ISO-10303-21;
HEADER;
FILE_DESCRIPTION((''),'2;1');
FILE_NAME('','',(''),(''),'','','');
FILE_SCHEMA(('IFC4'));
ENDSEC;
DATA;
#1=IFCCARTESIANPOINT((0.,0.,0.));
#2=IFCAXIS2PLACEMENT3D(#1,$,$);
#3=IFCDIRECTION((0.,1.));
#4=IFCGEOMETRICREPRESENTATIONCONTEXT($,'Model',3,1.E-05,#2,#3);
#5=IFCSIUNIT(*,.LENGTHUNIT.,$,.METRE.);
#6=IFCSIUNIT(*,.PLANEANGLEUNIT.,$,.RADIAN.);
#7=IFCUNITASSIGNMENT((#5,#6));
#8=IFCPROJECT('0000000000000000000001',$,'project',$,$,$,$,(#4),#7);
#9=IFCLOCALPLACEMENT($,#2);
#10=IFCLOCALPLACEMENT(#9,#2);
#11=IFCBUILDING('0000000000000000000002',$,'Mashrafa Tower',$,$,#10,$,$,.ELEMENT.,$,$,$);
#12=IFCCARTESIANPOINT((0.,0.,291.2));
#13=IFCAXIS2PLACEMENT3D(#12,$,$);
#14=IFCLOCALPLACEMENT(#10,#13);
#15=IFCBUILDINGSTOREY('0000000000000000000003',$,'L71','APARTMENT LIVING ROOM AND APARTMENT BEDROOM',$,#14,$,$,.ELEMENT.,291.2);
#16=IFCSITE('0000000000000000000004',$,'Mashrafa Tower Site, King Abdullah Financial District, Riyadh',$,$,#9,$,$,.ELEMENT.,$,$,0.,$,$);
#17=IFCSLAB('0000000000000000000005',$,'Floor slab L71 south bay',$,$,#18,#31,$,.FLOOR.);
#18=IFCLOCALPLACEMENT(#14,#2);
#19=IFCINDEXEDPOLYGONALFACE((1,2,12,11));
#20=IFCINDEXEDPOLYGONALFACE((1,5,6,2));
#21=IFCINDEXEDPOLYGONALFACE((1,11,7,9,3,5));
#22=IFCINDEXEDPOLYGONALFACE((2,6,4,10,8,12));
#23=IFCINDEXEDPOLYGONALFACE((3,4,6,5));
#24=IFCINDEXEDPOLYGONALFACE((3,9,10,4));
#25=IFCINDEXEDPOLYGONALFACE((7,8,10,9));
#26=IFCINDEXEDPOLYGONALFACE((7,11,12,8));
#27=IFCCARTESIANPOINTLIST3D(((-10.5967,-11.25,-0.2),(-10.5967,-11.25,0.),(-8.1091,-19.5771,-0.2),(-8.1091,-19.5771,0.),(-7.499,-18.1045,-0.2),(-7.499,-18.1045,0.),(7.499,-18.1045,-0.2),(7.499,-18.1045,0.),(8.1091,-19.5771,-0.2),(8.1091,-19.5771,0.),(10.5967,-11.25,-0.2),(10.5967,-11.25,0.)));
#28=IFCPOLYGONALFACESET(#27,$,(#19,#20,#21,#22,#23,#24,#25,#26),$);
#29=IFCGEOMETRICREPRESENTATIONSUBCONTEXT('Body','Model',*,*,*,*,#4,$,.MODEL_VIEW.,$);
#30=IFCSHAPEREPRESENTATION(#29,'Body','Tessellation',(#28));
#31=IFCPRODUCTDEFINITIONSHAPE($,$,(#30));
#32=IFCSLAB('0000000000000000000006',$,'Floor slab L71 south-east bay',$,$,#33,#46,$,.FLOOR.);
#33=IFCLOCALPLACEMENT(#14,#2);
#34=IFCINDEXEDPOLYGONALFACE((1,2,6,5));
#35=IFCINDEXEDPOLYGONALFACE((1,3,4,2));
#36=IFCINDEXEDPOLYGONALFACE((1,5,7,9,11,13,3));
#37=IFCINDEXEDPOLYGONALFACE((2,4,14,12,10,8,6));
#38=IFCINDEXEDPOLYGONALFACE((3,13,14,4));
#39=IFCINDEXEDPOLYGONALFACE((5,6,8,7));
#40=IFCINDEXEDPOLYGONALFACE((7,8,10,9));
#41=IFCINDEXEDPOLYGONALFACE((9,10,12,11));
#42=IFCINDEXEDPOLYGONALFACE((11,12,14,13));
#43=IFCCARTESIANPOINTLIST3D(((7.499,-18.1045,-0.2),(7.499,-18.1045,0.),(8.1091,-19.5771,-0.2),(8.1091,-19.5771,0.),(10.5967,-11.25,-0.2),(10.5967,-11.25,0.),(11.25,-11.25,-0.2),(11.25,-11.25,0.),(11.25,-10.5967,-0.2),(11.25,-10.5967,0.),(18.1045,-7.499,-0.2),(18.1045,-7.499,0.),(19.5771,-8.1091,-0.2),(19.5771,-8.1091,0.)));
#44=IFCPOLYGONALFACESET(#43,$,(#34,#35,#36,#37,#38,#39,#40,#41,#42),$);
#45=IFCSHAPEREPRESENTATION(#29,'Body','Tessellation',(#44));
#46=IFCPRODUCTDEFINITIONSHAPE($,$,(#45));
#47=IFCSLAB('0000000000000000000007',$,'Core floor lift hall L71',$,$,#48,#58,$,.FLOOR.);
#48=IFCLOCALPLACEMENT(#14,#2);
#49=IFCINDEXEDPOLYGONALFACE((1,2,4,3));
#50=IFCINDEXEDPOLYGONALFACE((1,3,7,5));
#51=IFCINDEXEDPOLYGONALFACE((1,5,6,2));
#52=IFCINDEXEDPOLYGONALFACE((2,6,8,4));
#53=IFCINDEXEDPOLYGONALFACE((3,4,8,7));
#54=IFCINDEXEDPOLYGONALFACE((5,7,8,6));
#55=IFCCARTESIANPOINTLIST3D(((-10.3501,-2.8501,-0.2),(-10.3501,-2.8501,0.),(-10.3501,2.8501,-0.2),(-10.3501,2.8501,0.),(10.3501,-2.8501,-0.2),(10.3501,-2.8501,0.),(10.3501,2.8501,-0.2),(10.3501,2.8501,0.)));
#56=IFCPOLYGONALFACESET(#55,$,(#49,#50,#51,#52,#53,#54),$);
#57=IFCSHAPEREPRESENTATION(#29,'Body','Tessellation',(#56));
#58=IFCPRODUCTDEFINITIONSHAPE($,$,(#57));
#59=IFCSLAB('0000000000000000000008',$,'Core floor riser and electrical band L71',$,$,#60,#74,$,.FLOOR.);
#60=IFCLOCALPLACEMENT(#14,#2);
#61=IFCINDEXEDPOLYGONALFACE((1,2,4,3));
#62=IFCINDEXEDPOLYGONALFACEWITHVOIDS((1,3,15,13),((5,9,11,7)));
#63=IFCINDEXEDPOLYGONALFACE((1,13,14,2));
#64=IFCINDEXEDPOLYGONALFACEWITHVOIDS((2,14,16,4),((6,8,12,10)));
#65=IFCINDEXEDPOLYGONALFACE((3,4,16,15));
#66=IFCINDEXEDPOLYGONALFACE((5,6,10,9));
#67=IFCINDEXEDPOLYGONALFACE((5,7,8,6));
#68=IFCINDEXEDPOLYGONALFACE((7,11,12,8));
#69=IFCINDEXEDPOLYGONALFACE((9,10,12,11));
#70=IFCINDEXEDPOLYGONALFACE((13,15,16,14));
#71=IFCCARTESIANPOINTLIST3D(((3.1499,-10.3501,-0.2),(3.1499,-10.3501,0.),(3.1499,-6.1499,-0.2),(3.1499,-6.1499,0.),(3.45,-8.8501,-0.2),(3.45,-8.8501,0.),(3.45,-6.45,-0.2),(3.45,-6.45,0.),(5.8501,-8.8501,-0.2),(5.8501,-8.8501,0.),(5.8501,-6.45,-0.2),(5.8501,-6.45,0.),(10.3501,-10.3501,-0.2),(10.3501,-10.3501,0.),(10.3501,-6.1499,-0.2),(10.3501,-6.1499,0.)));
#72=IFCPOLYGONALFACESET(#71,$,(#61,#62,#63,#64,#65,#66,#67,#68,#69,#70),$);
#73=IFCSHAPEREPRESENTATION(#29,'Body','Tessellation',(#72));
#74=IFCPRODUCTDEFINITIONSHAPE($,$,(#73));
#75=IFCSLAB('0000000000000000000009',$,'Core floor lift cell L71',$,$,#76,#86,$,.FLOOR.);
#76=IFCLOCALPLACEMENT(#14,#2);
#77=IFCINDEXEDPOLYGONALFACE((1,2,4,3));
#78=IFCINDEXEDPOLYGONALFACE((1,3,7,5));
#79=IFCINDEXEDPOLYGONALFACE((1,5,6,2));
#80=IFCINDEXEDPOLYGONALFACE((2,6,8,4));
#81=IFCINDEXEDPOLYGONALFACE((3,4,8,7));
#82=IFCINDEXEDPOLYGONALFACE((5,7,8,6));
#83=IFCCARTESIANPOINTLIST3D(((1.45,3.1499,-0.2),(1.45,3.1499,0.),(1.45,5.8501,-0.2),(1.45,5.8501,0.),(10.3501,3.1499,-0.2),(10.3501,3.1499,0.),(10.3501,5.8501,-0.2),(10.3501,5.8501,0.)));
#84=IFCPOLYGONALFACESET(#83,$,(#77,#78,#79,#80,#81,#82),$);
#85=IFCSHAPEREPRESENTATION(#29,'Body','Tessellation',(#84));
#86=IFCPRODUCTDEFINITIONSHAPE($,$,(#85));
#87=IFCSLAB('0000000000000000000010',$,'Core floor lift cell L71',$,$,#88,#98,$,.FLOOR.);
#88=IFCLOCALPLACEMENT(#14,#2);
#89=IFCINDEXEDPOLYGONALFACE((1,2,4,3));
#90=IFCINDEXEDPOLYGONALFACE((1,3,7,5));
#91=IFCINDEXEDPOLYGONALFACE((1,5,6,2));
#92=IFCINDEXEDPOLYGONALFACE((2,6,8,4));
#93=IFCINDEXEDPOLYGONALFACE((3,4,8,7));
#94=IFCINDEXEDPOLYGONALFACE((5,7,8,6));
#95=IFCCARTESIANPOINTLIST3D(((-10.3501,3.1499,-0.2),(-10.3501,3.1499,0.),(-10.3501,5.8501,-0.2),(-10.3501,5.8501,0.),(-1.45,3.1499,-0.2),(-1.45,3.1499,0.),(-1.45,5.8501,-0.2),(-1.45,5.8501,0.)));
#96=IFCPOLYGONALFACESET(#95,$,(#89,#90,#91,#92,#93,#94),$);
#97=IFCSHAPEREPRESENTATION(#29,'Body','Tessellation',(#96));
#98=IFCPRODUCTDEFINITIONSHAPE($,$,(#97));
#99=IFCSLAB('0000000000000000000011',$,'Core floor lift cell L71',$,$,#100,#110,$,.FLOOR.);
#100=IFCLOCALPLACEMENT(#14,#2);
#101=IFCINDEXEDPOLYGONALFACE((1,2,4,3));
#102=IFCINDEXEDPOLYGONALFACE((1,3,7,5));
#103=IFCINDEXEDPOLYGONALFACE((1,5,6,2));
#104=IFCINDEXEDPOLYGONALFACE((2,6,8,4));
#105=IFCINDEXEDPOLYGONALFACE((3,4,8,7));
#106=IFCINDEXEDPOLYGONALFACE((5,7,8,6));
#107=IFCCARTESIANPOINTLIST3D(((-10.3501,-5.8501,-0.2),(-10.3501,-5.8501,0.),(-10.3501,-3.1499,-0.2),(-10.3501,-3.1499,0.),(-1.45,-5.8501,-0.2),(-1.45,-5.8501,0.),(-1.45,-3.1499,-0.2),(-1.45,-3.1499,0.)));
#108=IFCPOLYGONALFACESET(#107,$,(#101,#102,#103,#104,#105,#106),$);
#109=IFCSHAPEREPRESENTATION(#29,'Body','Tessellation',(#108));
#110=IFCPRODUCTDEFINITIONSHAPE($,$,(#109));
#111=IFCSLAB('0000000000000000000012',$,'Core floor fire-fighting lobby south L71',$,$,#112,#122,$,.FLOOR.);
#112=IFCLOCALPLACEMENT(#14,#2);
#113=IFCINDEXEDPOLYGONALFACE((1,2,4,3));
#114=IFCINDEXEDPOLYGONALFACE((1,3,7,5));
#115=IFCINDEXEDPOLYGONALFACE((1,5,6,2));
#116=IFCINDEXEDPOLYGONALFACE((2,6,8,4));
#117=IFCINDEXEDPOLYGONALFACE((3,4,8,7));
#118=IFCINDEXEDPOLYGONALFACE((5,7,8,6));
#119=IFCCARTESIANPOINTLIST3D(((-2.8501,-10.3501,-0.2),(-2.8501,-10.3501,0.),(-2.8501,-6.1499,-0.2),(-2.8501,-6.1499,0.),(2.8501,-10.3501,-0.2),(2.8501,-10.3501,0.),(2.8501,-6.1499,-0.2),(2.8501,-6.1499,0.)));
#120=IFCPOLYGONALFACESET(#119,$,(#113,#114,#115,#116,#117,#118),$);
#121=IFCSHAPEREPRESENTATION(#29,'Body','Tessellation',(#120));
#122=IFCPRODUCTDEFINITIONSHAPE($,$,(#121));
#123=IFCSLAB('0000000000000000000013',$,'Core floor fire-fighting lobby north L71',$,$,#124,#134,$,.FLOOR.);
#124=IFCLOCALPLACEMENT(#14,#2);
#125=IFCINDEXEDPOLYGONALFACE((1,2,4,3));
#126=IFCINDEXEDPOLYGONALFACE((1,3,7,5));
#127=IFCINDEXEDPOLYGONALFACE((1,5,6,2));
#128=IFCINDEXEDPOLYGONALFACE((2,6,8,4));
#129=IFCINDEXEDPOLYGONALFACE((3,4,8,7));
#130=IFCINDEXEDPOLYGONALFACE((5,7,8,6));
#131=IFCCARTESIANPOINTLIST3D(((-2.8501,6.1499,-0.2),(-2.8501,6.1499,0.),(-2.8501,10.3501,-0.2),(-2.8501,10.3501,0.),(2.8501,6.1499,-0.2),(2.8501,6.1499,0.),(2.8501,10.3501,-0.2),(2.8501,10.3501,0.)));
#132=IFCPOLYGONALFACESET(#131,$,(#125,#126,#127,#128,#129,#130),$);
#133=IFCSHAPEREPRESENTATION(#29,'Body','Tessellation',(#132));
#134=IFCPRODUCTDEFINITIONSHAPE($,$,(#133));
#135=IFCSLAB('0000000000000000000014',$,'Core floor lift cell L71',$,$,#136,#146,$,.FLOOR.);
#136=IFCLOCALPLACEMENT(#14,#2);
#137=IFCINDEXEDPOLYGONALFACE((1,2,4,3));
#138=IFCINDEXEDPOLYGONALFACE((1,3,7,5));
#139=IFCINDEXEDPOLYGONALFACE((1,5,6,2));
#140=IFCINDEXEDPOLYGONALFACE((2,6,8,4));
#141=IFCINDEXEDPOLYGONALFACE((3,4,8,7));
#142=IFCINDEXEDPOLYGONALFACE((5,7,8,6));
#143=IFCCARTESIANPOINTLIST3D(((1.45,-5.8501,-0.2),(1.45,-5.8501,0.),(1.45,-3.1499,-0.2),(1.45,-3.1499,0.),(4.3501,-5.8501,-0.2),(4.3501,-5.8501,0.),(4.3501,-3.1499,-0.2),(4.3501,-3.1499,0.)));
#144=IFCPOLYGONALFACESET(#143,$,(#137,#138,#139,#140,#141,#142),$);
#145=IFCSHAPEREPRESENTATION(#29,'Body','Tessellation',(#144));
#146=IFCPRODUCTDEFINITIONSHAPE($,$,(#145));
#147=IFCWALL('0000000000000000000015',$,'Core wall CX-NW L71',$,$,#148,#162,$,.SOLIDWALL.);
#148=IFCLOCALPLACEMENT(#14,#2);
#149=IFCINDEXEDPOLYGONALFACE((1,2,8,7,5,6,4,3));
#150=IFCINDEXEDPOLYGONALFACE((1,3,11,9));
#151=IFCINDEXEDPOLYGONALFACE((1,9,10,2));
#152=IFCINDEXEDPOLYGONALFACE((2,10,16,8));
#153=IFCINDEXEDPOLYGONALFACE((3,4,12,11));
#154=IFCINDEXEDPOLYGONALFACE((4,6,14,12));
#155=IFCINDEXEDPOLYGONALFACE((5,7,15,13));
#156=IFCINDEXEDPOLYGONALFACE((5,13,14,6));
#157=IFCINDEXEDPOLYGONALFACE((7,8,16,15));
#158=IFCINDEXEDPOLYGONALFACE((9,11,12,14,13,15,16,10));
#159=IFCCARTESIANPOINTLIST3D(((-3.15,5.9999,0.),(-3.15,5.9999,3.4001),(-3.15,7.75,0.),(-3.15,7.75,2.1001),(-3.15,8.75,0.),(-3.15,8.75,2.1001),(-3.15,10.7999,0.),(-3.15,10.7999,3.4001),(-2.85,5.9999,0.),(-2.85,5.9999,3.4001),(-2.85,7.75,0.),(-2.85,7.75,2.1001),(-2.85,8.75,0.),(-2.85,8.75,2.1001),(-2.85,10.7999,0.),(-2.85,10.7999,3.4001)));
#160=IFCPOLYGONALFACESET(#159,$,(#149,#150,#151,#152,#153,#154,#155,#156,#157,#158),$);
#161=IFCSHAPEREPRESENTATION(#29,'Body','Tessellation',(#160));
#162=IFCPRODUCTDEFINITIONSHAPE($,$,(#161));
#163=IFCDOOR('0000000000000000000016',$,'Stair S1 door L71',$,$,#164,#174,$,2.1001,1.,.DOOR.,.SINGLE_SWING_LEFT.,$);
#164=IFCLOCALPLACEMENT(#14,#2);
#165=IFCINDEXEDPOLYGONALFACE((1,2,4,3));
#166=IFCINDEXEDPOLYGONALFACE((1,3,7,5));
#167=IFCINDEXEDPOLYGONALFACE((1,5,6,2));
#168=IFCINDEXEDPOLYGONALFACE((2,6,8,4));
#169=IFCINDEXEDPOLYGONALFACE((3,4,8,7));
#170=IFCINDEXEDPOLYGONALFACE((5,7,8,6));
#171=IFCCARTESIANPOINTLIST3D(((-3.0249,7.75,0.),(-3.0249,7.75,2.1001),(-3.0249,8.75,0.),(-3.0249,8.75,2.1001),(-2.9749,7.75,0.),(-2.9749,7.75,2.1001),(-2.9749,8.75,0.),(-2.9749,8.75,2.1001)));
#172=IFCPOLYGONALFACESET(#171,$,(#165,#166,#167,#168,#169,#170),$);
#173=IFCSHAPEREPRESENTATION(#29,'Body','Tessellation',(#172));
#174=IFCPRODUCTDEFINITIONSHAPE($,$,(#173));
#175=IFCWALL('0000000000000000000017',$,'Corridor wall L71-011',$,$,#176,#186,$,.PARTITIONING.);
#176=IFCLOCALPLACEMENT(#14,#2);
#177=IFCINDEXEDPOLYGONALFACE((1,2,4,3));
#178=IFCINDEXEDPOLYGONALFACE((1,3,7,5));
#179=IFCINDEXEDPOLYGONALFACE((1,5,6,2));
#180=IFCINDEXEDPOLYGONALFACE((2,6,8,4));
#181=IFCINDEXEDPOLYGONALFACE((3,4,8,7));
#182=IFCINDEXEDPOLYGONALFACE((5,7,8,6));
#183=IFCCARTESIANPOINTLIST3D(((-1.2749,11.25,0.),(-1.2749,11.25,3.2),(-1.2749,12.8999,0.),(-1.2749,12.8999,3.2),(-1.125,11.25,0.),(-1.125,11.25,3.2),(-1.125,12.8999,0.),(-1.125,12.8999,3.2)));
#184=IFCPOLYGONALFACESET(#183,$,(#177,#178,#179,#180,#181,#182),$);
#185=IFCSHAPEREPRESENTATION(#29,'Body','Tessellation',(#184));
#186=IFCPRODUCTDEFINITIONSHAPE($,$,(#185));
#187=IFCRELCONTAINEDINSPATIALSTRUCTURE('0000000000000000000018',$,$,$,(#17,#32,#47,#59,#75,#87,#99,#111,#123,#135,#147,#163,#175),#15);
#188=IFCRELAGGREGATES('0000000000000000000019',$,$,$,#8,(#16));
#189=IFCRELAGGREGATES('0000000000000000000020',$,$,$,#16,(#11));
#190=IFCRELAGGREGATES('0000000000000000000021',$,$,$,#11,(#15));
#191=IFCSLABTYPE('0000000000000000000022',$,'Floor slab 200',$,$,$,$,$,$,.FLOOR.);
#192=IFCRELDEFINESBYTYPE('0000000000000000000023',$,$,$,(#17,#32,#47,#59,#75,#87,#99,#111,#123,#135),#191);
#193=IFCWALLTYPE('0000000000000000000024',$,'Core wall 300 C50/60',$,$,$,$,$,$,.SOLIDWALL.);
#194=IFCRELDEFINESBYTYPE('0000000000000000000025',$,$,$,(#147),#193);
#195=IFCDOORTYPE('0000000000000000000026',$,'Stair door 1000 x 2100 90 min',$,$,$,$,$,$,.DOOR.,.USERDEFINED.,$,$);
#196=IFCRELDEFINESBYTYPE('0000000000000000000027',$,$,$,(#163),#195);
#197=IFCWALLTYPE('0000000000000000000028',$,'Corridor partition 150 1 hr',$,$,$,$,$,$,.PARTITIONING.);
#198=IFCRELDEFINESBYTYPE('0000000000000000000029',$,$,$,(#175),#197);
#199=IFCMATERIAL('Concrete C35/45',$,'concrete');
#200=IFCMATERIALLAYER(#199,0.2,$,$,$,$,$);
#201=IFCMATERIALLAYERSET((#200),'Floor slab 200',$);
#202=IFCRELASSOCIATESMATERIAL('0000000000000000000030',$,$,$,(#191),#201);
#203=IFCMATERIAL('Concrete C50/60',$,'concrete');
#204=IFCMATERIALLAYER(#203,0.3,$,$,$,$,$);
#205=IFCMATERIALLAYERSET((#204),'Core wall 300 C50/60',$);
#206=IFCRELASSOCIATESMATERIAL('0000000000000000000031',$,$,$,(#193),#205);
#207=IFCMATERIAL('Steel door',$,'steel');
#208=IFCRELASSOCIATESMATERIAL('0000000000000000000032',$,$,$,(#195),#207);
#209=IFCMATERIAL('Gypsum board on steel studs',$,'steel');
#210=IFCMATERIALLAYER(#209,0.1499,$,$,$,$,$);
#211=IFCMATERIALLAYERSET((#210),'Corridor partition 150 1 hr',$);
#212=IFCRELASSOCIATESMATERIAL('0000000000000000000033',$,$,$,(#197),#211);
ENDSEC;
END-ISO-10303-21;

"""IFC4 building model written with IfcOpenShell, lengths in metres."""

from ifc_helpers import new_model, si_unit, direction, frame, frame_2d, origin, place, context, subcontext, project, spatial, polyline, rectangle, outline, extrude, material, layer, layer_set, type_object, element, fill, save


model = new_model("IFC4")

# Units and contexts
model_context = context("Model", 3, precision=1e-05, world=origin(), true_north=direction((0.0, 1.0)))
body_context = subcontext(model_context, "Body", "Model", "MODEL_VIEW")
ifc_project = project(units=[si_unit("LENGTHUNIT", "METRE"), si_unit("PLANEANGLEUNIT", "RADIAN")], contexts=[model_context])

# Site, building, storey
site_placement = place(None, origin())
site = spatial("IfcSite", under=ifc_project, at=site_placement, Name="Mashrafa Tower Site, King Abdullah Financial District, Riyadh", CompositionType="ELEMENT", RefElevation=0.0)
building_placement = place(site_placement, origin())
building = spatial("IfcBuilding", under=site, at=building_placement, Name="Mashrafa Tower", CompositionType="ELEMENT")
storey_placement = place(building_placement, frame((0.0, 0.0, 291.2)))
storey = spatial("IfcBuildingStorey", under=building, at=storey_placement, Name="L71", Description="APARTMENT LIVING ROOM AND APARTMENT BEDROOM", CompositionType="ELEMENT", Elevation=291.2)

# Slabs
ifc_material_1 = material(Name="Concrete C35/45", Category="concrete")
ifc_layer_1 = layer(ifc_material_1, 0.2)
ifc_layer_set_1 = layer_set([ifc_layer_1], Name="Floor slab 200")
slab_type = type_object("IfcSlabType", Name="Floor slab 200", PredefinedType="FLOOR", material=ifc_layer_set_1)
slab_1_placement = place(storey_placement, frame((0.0, 0.0, -0.2)))
element("IfcSlab", 1, at=slab_1_placement, inside=storey, type_object=slab_type, Name="Floor slab L71 south bay", PredefinedType="FLOOR", context=body_context, shape_type="SweptSolid", body=[
    extrude(outline(polyline([(-8.1091, -19.5771), (-7.499, -18.1045), (-10.5967, -11.25), (10.5967, -11.25), (7.499, -18.1045), (8.1091, -19.5771), (-8.1091, -19.5771)])), origin(), (0.0, 0.0, 1.0), 0.2),
])
slab_2_placement = place(storey_placement, frame((0.0, 0.0, -0.2)))
element("IfcSlab", 2, at=slab_2_placement, inside=storey, type_object=slab_type, Name="Floor slab L71 south-east bay", PredefinedType="FLOOR", context=body_context, shape_type="SweptSolid", body=[
    extrude(outline(polyline([(8.1091, -19.5771), (7.499, -18.1045), (10.5967, -11.25), (11.25, -11.25), (11.25, -10.5967), (18.1045, -7.499), (19.5771, -8.1091), (19.5771, -8.1091), (8.1091, -19.5771), (8.1091, -19.5771)])), origin(), (0.0, 0.0, 1.0), 0.2),
])
slab_3_placement = place(storey_placement, frame((0.0, 0.0, -0.2)))
element("IfcSlab", 3, at=slab_3_placement, inside=storey, type_object=slab_type, Name="Core floor lift hall L71", PredefinedType="FLOOR", context=body_context, shape_type="SweptSolid", body=[
    extrude(outline(polyline([(-10.3501, 2.8501), (10.3501, 2.8501), (10.3501, -2.8501), (-10.3501, -2.8501), (-10.3501, 2.8501)])), origin(), (0.0, 0.0, 1.0), 0.2),
])
slab_4_placement = place(storey_placement, frame((0.0, 0.0, -0.2)))
element("IfcSlab", 4, at=slab_4_placement, inside=storey, type_object=slab_type, Name="Core floor riser and electrical band L71", PredefinedType="FLOOR", context=body_context, shape_type="SweptSolid", body=[
    extrude(outline(polyline([(10.3501, -6.1499), (10.3501, -10.3501), (3.1499, -10.3501), (3.1499, -6.1499), (10.3501, -6.1499)]), holes=[polyline([(3.45, -8.8501), (5.8501, -8.8501), (5.8501, -6.45), (3.45, -6.45), (3.45, -8.8501)])]), origin(), (0.0, 0.0, 1.0), 0.2),
])
slab_5_placement = place(storey_placement, frame((0.0, 0.0, -0.2)))
element("IfcSlab", 5, at=slab_5_placement, inside=storey, type_object=slab_type, Name="Core floor lift cell L71", PredefinedType="FLOOR", context=body_context, shape_type="SweptSolid", body=[
    extrude(outline(polyline([(10.3501, 5.8501), (10.3501, 3.1499), (1.45, 3.1499), (1.45, 5.8501), (10.3501, 5.8501)])), origin(), (0.0, 0.0, 1.0), 0.2),
])
slab_6_placement = place(storey_placement, frame((0.0, 0.0, -0.2)))
element("IfcSlab", 6, at=slab_6_placement, inside=storey, type_object=slab_type, Name="Core floor lift cell L71", PredefinedType="FLOOR", context=body_context, shape_type="SweptSolid", body=[
    extrude(outline(polyline([(-1.45, 3.1499), (-10.3501, 3.1499), (-10.3501, 5.8501), (-1.45, 5.8501), (-1.45, 3.1499)])), origin(), (0.0, 0.0, 1.0), 0.2),
])
slab_7_placement = place(storey_placement, frame((0.0, 0.0, -0.2)))
element("IfcSlab", 7, at=slab_7_placement, inside=storey, type_object=slab_type, Name="Core floor lift cell L71", PredefinedType="FLOOR", context=body_context, shape_type="SweptSolid", body=[
    extrude(outline(polyline([(-1.45, -3.1499), (-1.45, -5.8501), (-10.3501, -5.8501), (-10.3501, -3.1499), (-1.45, -3.1499)])), origin(), (0.0, 0.0, 1.0), 0.2),
])
slab_8_placement = place(storey_placement, frame((0.0, 0.0, -0.2)))
element("IfcSlab", 8, at=slab_8_placement, inside=storey, type_object=slab_type, Name="Core floor fire-fighting lobby south L71", PredefinedType="FLOOR", context=body_context, shape_type="SweptSolid", body=[
    extrude(outline(polyline([(2.8501, -6.1499), (2.8501, -10.3501), (-2.8501, -10.3501), (-2.8501, -6.1499), (2.8501, -6.1499)])), origin(), (0.0, 0.0, 1.0), 0.2),
])
slab_9_placement = place(storey_placement, frame((0.0, 0.0, -0.2)))
element("IfcSlab", 9, at=slab_9_placement, inside=storey, type_object=slab_type, Name="Core floor fire-fighting lobby north L71", PredefinedType="FLOOR", context=body_context, shape_type="SweptSolid", body=[
    extrude(outline(polyline([(-2.8501, 10.3501), (2.8501, 10.3501), (2.8501, 6.1499), (-2.8501, 6.1499), (-2.8501, 10.3501)])), origin(), (0.0, 0.0, 1.0), 0.2),
])
slab_10_placement = place(storey_placement, frame((0.0, 0.0, -0.2)))
element("IfcSlab", 10, at=slab_10_placement, inside=storey, type_object=slab_type, Name="Core floor lift cell L71", PredefinedType="FLOOR", context=body_context, shape_type="SweptSolid", body=[
    extrude(outline(polyline([(4.3501, -3.1499), (4.3501, -5.8501), (1.45, -5.8501), (1.45, -3.1499), (4.3501, -3.1499)])), origin(), (0.0, 0.0, 1.0), 0.2),
])

# Wall, opening, door
ifc_material_2 = material(Name="Concrete C50/60", Category="concrete")
ifc_layer_2 = layer(ifc_material_2, 0.3)
ifc_layer_set_2 = layer_set([ifc_layer_2], Name="Core wall 300 C50/60")
wall_type_1 = type_object("IfcWallType", Name="Core wall 300 C50/60", PredefinedType="SOLIDWALL", material=ifc_layer_set_2)
wall_1_placement = place(storey_placement, frame((-3.0, 6.0, 0.0), z_axis=(0.0, 0.0, 1.0), x_axis=(0.0, 1.0, 0.0)))
wall_1 = element("IfcWall", 11, at=wall_1_placement, inside=storey, type_object=wall_type_1, Name="Core wall CX-NW L71", PredefinedType="SOLIDWALL", context=body_context, shape_type="SweptSolid", body=[
    extrude(rectangle(XDim=4.8, YDim=0.3, at=frame_2d((2.3999, 0.0))), origin(), (0.0, 0.0, 1.0), 3.4001),
])
opening_1_placement = place(wall_1_placement, frame((1.75, 0.0, 0.0)))
opening_1 = element("IfcOpeningElement", 12, at=opening_1_placement, cuts=wall_1, PredefinedType="OPENING", context=body_context, shape_type="SweptSolid", body=[
    extrude(rectangle(XDim=1.0, YDim=2.1001, at=frame_2d((0.5, 1.05))), frame((0.0, 0.1599, 0.0), z_axis=(0.0, -1.0, 0.0), x_axis=(1.0, 0.0, 0.0)), (0.0, 0.0, 1.0), 0.3201),
])
ifc_material_3 = material(Name="Steel door", Category="steel")
door_type_1 = type_object("IfcDoorType", Name="Stair door 1000 x 2100 90 min", OperationType="USERDEFINED", PredefinedType="DOOR", material=ifc_material_3)
door_1_placement = place(opening_1_placement, origin())
door_1 = element("IfcDoor", 13, at=door_1_placement, inside=storey, type_object=door_type_1, Name="Stair S1 door L71", OperationType="SINGLE_SWING_LEFT", OverallHeight=2.1001, OverallWidth=1.0, PredefinedType="DOOR", context=body_context, shape_type="SweptSolid", body=[
    extrude(rectangle(XDim=1.0, YDim=2.1001, at=frame_2d((0.5, 1.05))), frame((0.0, 0.0249, 0.0), z_axis=(0.0, -1.0, 0.0), x_axis=(1.0, 0.0, 0.0)), (0.0, 0.0, 1.0), 0.05),
])
fill(opening_1, door_1)

# Wall
ifc_material_4 = material(Name="Gypsum board on steel studs", Category="steel")
ifc_layer_3 = layer(ifc_material_4, 0.1499)
ifc_layer_set_3 = layer_set([ifc_layer_3], Name="Corridor partition 150 1 hr")
wall_type_2 = type_object("IfcWallType", Name="Corridor partition 150 1 hr", PredefinedType="PARTITIONING", material=ifc_layer_set_3)
wall_2_placement = place(storey_placement, frame((-1.2, 12.8999, 0.0), z_axis=(0.0, 0.0, 1.0), x_axis=(0.0, -1.0, 0.0)))
element("IfcWall", 14, at=wall_2_placement, inside=storey, type_object=wall_type_2, Name="Corridor wall L71-011", PredefinedType="PARTITIONING", context=body_context, shape_type="SweptSolid", body=[
    extrude(rectangle(XDim=1.6499, YDim=0.1499, at=frame_2d((0.825, 0.0))), origin(), (0.0, 0.0, 1.0), 3.2),
])

save(model, "model.ifc")
